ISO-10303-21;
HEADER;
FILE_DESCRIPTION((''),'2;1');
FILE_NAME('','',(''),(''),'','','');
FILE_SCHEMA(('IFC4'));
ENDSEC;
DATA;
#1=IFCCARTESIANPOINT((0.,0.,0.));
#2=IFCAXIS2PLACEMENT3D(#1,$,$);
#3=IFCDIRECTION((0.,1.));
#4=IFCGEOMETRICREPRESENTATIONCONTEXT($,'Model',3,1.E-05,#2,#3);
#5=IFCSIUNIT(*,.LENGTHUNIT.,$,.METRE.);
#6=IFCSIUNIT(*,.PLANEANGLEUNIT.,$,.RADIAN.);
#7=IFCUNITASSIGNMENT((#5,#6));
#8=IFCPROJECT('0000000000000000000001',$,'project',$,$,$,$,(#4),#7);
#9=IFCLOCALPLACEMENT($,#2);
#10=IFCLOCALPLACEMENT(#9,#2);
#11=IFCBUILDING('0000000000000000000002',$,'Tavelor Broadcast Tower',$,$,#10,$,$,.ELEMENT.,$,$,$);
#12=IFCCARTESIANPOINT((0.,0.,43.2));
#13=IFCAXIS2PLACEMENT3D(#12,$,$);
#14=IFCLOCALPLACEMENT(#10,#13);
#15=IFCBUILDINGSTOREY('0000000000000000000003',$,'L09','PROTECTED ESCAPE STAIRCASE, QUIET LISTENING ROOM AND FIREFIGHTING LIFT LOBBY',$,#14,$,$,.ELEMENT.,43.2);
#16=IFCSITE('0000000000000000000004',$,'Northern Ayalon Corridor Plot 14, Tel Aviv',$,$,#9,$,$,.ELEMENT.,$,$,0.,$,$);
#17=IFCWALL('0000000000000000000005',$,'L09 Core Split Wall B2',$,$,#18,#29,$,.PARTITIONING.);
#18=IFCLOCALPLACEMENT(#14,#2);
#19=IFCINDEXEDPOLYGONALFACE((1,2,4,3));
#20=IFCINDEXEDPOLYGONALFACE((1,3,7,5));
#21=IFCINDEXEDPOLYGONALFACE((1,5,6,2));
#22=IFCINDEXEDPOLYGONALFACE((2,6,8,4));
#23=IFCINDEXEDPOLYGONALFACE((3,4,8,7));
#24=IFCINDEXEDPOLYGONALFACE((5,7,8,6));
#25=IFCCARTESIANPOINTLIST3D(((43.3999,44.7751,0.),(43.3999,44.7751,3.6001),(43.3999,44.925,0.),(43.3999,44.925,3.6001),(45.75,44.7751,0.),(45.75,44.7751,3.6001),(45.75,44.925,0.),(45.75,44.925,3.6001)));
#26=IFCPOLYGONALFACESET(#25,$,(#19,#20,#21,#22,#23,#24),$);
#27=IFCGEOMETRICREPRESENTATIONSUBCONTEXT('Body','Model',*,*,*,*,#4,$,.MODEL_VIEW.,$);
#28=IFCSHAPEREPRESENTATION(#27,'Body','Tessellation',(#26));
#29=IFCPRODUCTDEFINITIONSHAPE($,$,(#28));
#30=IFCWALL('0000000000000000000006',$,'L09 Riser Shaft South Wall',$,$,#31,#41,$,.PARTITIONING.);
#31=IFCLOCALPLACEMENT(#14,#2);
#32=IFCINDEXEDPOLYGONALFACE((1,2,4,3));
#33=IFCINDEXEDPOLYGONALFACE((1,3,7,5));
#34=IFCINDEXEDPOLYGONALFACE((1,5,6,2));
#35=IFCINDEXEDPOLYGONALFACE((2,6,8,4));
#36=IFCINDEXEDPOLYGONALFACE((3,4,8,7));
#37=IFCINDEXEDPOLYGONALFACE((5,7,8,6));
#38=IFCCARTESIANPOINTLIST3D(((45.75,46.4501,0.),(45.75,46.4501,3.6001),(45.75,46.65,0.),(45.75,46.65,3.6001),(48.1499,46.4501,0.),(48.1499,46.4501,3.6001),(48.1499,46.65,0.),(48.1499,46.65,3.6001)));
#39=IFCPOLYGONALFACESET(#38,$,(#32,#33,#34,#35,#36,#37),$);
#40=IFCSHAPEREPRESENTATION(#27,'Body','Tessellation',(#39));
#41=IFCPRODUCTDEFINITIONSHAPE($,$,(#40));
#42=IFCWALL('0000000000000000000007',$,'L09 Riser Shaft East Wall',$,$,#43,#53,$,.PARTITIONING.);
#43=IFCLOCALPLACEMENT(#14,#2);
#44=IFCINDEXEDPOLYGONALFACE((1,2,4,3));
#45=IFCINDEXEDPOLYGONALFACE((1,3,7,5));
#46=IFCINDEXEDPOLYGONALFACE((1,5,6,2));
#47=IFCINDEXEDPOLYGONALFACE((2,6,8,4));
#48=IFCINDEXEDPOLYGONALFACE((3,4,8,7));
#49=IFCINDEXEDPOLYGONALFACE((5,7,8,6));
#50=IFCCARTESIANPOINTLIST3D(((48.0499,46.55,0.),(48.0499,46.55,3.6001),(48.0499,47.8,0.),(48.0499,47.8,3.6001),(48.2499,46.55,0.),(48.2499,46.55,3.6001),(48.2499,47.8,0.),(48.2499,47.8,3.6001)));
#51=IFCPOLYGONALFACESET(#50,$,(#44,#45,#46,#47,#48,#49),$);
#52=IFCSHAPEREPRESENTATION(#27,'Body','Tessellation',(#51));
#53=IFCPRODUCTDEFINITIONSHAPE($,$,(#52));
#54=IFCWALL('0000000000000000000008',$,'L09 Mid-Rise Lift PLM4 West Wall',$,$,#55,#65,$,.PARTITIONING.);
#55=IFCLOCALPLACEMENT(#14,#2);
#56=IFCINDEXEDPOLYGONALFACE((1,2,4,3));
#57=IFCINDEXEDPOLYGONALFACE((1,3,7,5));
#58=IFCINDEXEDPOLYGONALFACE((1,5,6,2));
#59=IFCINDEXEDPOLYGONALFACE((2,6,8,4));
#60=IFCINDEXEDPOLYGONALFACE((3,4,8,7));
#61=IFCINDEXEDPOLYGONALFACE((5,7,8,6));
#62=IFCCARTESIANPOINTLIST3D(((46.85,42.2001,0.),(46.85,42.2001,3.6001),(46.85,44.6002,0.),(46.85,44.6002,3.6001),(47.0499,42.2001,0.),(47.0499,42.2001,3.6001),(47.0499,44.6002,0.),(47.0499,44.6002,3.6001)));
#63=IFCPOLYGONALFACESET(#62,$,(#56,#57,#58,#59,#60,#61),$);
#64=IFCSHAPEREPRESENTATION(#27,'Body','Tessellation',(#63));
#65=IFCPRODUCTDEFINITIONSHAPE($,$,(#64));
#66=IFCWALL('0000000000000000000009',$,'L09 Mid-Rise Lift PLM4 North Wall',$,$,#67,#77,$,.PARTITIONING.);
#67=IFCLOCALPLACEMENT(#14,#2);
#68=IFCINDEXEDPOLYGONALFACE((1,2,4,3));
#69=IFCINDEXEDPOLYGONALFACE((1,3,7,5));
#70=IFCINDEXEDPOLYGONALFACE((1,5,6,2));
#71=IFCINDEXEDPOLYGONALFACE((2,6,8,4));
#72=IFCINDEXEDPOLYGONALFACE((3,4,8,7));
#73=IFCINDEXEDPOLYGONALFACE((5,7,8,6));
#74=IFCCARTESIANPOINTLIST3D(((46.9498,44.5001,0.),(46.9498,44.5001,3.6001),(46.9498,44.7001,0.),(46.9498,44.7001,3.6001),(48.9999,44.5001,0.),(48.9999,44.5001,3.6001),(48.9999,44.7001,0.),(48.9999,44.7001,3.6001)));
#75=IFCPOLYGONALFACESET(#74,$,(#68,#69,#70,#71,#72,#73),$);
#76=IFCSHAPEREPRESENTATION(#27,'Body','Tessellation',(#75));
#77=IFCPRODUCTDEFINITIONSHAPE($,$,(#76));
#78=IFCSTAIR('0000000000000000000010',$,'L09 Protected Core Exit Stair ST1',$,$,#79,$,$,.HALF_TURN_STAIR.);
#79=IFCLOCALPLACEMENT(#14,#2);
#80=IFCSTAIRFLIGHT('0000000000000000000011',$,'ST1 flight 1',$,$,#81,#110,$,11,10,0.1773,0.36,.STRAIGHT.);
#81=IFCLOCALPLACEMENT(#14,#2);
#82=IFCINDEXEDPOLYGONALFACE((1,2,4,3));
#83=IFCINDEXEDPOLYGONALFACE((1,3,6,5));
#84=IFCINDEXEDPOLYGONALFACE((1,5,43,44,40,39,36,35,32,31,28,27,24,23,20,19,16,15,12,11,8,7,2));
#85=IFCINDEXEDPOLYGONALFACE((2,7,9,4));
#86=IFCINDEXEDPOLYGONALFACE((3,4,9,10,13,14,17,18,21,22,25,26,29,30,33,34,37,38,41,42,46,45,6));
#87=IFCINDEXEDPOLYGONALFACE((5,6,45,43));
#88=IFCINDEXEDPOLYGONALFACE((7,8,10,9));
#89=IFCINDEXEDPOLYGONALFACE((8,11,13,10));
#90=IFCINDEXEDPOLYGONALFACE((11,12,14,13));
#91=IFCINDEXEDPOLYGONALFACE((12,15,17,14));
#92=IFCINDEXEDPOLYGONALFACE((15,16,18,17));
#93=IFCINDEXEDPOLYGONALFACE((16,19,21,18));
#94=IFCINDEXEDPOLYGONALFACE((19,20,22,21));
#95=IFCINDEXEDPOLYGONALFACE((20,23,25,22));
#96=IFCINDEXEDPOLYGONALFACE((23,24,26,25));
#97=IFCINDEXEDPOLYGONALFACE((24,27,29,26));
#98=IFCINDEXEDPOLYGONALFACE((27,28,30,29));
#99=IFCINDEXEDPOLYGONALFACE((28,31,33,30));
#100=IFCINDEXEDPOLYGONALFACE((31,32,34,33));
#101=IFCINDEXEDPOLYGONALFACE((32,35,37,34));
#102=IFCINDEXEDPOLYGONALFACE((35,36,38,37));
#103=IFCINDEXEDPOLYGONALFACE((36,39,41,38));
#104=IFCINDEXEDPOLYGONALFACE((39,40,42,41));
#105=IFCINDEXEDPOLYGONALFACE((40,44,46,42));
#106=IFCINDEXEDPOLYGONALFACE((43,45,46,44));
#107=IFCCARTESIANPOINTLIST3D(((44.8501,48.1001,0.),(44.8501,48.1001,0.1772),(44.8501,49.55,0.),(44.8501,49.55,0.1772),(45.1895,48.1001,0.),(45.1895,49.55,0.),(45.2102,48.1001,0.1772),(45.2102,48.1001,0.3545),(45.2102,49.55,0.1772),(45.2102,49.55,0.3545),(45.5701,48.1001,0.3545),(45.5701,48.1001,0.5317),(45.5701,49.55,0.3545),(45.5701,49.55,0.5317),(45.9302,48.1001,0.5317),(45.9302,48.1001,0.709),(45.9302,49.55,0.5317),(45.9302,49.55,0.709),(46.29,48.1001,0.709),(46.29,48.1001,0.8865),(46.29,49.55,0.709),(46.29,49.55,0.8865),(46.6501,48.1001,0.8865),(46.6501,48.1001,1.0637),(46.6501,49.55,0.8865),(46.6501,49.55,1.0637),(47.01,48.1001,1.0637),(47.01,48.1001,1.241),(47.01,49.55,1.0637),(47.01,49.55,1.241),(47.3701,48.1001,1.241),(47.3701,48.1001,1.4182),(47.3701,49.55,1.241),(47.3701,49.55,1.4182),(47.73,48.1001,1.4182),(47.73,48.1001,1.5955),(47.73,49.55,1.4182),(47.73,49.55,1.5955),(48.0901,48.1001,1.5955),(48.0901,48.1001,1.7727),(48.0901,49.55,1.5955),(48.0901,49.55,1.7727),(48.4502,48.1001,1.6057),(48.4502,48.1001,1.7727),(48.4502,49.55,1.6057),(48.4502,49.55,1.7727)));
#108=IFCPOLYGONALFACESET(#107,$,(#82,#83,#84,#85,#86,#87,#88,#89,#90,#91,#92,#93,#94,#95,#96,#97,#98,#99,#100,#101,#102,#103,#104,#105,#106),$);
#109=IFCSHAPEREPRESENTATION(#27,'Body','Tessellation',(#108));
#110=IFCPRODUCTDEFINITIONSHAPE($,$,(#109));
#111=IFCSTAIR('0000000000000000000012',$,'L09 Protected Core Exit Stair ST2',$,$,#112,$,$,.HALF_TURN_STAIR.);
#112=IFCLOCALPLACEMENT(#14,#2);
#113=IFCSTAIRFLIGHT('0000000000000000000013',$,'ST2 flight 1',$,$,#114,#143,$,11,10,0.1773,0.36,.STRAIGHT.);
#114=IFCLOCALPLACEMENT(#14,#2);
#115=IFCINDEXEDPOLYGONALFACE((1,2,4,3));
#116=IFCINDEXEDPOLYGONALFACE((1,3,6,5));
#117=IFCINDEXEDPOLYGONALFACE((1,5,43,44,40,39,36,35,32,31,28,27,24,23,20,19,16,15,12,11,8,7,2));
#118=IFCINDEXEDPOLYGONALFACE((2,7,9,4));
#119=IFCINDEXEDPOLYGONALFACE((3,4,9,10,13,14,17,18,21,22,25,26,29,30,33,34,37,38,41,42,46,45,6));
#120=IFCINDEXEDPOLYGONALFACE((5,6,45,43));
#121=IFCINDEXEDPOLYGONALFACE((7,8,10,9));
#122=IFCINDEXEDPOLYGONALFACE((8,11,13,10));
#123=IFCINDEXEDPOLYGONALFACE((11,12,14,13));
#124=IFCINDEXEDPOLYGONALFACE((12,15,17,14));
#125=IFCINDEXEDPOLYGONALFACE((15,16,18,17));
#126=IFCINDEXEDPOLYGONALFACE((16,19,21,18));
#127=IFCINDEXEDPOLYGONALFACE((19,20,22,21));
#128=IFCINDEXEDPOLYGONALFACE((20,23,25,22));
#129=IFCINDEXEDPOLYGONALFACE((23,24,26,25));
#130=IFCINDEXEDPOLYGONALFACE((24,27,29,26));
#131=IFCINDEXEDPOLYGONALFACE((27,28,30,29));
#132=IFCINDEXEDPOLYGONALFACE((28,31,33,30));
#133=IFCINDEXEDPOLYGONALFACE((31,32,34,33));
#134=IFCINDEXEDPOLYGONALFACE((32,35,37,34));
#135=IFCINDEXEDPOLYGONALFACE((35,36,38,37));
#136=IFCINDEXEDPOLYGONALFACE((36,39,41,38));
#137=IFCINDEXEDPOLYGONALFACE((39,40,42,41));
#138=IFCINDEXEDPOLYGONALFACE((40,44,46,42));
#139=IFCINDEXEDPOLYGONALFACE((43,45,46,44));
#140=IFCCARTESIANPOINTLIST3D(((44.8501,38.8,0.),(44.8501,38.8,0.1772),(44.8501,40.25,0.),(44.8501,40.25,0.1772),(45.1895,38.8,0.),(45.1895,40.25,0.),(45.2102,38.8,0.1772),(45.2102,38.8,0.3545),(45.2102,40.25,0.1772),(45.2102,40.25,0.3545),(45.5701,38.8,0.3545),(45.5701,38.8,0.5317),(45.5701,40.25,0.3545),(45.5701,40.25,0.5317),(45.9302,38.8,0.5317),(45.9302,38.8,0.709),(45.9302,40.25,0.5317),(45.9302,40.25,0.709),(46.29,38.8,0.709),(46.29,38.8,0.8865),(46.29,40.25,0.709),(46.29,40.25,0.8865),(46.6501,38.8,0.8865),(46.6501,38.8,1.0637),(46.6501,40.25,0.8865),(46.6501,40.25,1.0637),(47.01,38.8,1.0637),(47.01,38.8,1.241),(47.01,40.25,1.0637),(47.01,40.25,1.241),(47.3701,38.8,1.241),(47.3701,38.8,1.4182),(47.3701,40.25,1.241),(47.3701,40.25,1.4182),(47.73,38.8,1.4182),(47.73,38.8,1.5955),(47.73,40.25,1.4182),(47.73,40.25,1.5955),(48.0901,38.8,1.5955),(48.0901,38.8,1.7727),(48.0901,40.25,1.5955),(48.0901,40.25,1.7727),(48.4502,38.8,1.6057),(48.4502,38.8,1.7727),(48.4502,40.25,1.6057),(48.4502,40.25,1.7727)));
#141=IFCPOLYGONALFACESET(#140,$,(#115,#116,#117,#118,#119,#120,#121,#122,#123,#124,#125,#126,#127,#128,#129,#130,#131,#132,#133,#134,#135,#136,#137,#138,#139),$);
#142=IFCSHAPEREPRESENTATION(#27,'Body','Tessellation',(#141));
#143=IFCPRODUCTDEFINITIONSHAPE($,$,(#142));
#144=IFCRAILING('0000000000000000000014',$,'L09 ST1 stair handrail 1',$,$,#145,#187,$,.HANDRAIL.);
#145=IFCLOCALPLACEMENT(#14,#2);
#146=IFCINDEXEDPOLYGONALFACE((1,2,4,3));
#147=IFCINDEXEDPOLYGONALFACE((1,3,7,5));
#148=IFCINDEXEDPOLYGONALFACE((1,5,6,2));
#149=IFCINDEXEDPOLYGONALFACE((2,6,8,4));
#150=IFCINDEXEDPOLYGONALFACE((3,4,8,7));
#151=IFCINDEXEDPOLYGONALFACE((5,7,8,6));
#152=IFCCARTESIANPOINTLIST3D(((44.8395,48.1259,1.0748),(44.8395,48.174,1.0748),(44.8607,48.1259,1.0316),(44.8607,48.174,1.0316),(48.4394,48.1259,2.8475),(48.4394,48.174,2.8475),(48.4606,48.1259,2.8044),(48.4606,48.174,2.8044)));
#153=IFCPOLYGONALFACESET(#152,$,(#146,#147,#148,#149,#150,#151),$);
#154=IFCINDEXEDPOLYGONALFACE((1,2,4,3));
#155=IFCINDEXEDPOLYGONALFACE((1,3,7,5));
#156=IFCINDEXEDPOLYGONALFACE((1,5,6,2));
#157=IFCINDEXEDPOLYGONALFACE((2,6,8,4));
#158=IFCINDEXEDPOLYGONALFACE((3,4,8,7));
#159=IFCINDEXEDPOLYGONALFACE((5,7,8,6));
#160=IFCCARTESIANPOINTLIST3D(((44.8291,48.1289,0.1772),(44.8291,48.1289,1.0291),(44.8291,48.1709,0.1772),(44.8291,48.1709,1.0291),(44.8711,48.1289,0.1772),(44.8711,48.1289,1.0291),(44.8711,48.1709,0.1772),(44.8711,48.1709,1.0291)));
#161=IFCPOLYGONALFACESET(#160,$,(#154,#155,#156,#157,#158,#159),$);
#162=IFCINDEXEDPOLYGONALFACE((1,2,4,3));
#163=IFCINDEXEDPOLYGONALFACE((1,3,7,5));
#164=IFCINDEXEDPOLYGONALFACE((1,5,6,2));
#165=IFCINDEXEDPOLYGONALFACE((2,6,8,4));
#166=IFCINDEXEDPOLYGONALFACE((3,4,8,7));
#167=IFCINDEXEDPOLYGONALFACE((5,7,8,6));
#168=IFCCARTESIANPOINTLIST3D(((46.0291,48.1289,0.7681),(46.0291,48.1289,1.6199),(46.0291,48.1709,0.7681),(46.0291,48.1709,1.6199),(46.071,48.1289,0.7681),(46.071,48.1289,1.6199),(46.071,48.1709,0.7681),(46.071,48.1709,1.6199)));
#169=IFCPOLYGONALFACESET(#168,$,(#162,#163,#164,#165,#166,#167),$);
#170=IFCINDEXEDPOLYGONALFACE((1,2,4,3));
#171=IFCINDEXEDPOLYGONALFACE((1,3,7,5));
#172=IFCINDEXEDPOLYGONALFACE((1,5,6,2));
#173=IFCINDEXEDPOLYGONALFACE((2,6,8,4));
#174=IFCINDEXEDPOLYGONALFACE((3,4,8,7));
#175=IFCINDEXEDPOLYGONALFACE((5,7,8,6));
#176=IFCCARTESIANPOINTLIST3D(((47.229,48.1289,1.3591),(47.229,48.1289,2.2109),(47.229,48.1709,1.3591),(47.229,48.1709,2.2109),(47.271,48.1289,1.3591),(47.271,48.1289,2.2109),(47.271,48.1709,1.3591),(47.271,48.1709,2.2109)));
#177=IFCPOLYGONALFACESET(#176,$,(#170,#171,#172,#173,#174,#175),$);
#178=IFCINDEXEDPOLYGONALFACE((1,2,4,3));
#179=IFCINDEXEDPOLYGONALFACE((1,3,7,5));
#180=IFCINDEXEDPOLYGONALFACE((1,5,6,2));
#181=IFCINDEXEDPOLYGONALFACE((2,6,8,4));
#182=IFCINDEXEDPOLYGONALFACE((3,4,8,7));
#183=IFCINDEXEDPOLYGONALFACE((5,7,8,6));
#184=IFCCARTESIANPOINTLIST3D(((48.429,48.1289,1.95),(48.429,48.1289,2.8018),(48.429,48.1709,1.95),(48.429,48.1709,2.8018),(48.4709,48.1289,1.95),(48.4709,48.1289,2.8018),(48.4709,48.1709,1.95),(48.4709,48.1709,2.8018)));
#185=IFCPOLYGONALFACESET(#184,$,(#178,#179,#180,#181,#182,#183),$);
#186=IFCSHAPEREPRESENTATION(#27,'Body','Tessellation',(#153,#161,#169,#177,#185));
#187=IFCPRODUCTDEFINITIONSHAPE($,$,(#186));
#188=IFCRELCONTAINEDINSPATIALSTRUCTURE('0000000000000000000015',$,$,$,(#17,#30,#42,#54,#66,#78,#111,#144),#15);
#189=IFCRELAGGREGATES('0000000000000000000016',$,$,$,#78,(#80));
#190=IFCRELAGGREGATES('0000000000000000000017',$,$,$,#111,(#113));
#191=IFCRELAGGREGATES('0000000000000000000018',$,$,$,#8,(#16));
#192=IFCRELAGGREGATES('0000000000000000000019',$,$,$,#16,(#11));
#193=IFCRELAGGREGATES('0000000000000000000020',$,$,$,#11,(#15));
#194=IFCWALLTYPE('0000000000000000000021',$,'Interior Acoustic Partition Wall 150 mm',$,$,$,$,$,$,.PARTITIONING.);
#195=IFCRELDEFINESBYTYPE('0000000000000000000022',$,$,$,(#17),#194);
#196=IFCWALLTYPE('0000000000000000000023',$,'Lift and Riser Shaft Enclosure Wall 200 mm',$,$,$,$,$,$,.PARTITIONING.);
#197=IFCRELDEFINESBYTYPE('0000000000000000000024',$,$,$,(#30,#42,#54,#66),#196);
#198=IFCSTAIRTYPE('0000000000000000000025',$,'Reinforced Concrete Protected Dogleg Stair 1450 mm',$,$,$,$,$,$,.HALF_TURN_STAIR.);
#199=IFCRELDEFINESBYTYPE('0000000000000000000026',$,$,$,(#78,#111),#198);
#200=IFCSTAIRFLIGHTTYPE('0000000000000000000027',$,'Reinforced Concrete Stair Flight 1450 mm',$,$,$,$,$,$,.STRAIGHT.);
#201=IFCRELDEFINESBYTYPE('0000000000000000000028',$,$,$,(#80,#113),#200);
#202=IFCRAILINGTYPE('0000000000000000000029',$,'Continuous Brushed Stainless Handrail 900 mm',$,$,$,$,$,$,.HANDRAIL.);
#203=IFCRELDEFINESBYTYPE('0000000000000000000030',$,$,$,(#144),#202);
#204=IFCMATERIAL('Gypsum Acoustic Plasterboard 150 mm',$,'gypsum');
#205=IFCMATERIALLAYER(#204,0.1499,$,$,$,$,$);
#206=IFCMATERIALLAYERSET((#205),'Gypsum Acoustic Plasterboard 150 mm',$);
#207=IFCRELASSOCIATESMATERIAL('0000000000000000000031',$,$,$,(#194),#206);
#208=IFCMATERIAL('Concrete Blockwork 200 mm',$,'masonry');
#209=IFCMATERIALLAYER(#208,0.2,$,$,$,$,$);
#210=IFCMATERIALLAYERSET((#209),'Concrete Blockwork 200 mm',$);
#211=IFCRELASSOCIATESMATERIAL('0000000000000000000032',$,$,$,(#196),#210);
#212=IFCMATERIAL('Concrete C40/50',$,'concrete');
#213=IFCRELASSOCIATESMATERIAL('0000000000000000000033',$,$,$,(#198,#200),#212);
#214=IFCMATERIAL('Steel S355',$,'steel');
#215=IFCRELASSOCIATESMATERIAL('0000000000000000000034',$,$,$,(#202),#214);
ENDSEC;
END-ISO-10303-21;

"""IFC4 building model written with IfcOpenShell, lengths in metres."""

from ifc_helpers import new_model, si_unit, direction, frame, frame_2d, origin, origin_2d, place, context, subcontext, project, spatial, polyline, rectangle, outline, extrude, material, layer, layer_set, type_object, element, aggregate, save


model = new_model("IFC4")

# Units and contexts
model_context = context("Model", 3, precision=1e-05, world=origin(), true_north=direction((0.0, 1.0)))
body_context = subcontext(model_context, "Body", "Model", "MODEL_VIEW")
ifc_project = project(units=[si_unit("LENGTHUNIT", "METRE"), si_unit("PLANEANGLEUNIT", "RADIAN")], contexts=[model_context])

# Site, building, storey
site_placement = place(None, origin())
site = spatial("IfcSite", under=ifc_project, at=site_placement, Name="Northern Ayalon Corridor Plot 14, Tel Aviv", CompositionType="ELEMENT", RefElevation=0.0)
building_placement = place(site_placement, origin())
building = spatial("IfcBuilding", under=site, at=building_placement, Name="Tavelor Broadcast Tower", CompositionType="ELEMENT")
storey_placement = place(building_placement, frame((0.0, 0.0, 43.2)))
storey = spatial("IfcBuildingStorey", under=building, at=storey_placement, Name="L09", Description="PROTECTED ESCAPE STAIRCASE, QUIET LISTENING ROOM AND FIREFIGHTING LIFT LOBBY", CompositionType="ELEMENT", Elevation=43.2)

# Shared definitions
ifc_material_1 = material(Name="Concrete C40/50", Category="concrete")
ifc_material_2 = material(Name="Steel S355", Category="steel")

# Walls
ifc_material_3 = material(Name="Gypsum Acoustic Plasterboard 150 mm", Category="gypsum")
ifc_layer_1 = layer(ifc_material_3, 0.1499)
ifc_layer_set_1 = layer_set([ifc_layer_1], Name="Gypsum Acoustic Plasterboard 150 mm")
wall_type_1 = type_object("IfcWallType", Name="Interior Acoustic Partition Wall 150 mm", PredefinedType="PARTITIONING", material=ifc_layer_set_1)
for number, where, z_axis, x_axis, name in (
    (1, (43.3999, 44.8501, 0.0), (0.0, 0.0, 1.0), (1.0, 0.0, 0.0), "L09 Core Split Wall B2"),
):
    element("IfcWall", number, at=place(storey_placement, frame(where, z_axis=z_axis, x_axis=x_axis)), inside=storey, type_object=wall_type_1, Name=name, PredefinedType="PARTITIONING", context=body_context, shape_type="SweptSolid", body=[
        extrude(rectangle(XDim=2.3501, YDim=0.1499, at=frame_2d((1.175, 0.0))), origin(), (0.0, 0.0, 1.0), 3.6001),
    ])
ifc_material_4 = material(Name="Concrete Blockwork 200 mm", Category="masonry")
ifc_layer_2 = layer(ifc_material_4, 0.2)
ifc_layer_set_2 = layer_set([ifc_layer_2], Name="Concrete Blockwork 200 mm")
wall_type_2 = type_object("IfcWallType", Name="Lift and Riser Shaft Enclosure Wall 200 mm", PredefinedType="PARTITIONING", material=ifc_layer_set_2)
wall_1_placement = place(storey_placement, frame((45.75, 46.55, 0.0), z_axis=(0.0, 0.0, 1.0), x_axis=(1.0, 0.0, 0.0)))
element("IfcWall", 2, at=wall_1_placement, inside=storey, type_object=wall_type_2, Name="L09 Riser Shaft South Wall", PredefinedType="PARTITIONING", context=body_context, shape_type="SweptSolid", body=[
    extrude(rectangle(XDim=2.3999, YDim=0.2, at=frame_2d((1.2, 0.0))), origin(), (0.0, 0.0, 1.0), 3.6001),
])
wall_2_placement = place(storey_placement, frame((48.1499, 46.55, 0.0), z_axis=(0.0, 0.0, 1.0), x_axis=(0.0, 1.0, 0.0)))
element("IfcWall", 3, at=wall_2_placement, inside=storey, type_object=wall_type_2, Name="L09 Riser Shaft East Wall", PredefinedType="PARTITIONING", context=body_context, shape_type="SweptSolid", body=[
    extrude(rectangle(XDim=1.25, YDim=0.2, at=frame_2d((0.625, 0.0))), origin(), (0.0, 0.0, 1.0), 3.6001),
])
wall_3_placement = place(storey_placement, frame((46.95, 42.2, 0.0), z_axis=(0.0, 0.0, 1.0), x_axis=(0.0, 1.0, 0.0)))
element("IfcWall", 4, at=wall_3_placement, inside=storey, type_object=wall_type_2, Name="L09 Mid-Rise Lift PLM4 West Wall", PredefinedType="PARTITIONING", context=body_context, shape_type="SweptSolid", body=[
    extrude(rectangle(XDim=2.4001, YDim=0.2, at=frame_2d((1.2002, 0.0))), origin(), (0.0, 0.0, 1.0), 3.6001),
])
wall_4_placement = place(storey_placement, frame((46.95, 44.6001, 0.0), z_axis=(0.0, 0.0, 1.0), x_axis=(1.0, 0.0, 0.0)))
element("IfcWall", 5, at=wall_4_placement, inside=storey, type_object=wall_type_2, Name="L09 Mid-Rise Lift PLM4 North Wall", PredefinedType="PARTITIONING", context=body_context, shape_type="SweptSolid", body=[
    extrude(rectangle(XDim=2.05, YDim=0.2, at=frame_2d((1.0249, 0.0))), origin(), (0.0, 0.0, 1.0), 3.6001),
])

# Stairs, stair flights
stair_type = type_object("IfcStairType", Name="Reinforced Concrete Protected Dogleg Stair 1450 mm", PredefinedType="HALF_TURN_STAIR", material=ifc_material_1)
stair_1_placement = place(storey_placement, origin())
stair_1 = element("IfcStair", 6, at=stair_1_placement, inside=storey, type_object=stair_type, Name="L09 Protected Core Exit Stair ST1", PredefinedType="HALF_TURN_STAIR")
stair_flight_type = type_object("IfcStairFlightType", Name="Reinforced Concrete Stair Flight 1450 mm", PredefinedType="STRAIGHT", material=ifc_material_1)
stair_flight_1_placement = place(storey_placement, frame((44.8501, 48.825, 0.0), z_axis=(0.0, 0.0, 1.0), x_axis=(1.0, 0.0, 0.0)))
stair_flight_1 = element("IfcStairFlight", 7, at=stair_flight_1_placement, type_object=stair_flight_type, Name="ST1 flight 1", NumberOfRisers=11, NumberOfTreads=10, PredefinedType="STRAIGHT", RiserHeight=0.1773, TreadLength=0.36, context=body_context, shape_type="SweptSolid", body=[
    extrude(outline(polyline([(0.0, 0.0), (0.0, 0.1772), (0.3601, 0.1772), (0.3601, 0.3545), (0.72, 0.3545), (0.72, 0.5317), (1.0801, 0.5317), (1.0801, 0.709), (1.4399, 0.709), (1.4399, 0.8865), (1.8, 0.8865), (1.8, 1.0637), (2.1599, 1.0637), (2.1599, 1.241), (2.52, 1.241), (2.52, 1.4182), (2.8799, 1.4182), (2.8799, 1.5955), (3.24, 1.5955), (3.24, 1.7727), (3.6001, 1.7727), (3.6001, 1.95), (3.6001, 1.6057), (0.3394, 0.0), (0.0, 0.0)])), frame((0.0, 0.7251, 0.0), z_axis=(0.0, -1.0, 0.0), x_axis=(1.0, 0.0, 0.0)), (0.0, 0.0, 1.0), 1.45),
])
aggregate(stair_1, [stair_flight_1])
stair_2_placement = place(storey_placement, origin())
stair_2 = element("IfcStair", 8, at=stair_2_placement, inside=storey, type_object=stair_type, Name="L09 Protected Core Exit Stair ST2", PredefinedType="HALF_TURN_STAIR")
stair_flight_2_placement = place(storey_placement, frame((44.8501, 39.5249, 0.0), z_axis=(0.0, 0.0, 1.0), x_axis=(1.0, 0.0, 0.0)))
stair_flight_2 = element("IfcStairFlight", 9, at=stair_flight_2_placement, type_object=stair_flight_type, Name="ST2 flight 1", NumberOfRisers=11, NumberOfTreads=10, PredefinedType="STRAIGHT", RiserHeight=0.1773, TreadLength=0.36, context=body_context, shape_type="SweptSolid", body=[
    extrude(outline(polyline([(0.0, 0.0), (0.0, 0.1772), (0.3601, 0.1772), (0.3601, 0.3545), (0.72, 0.3545), (0.72, 0.5317), (1.0801, 0.5317), (1.0801, 0.709), (1.4399, 0.709), (1.4399, 0.8865), (1.8, 0.8865), (1.8, 1.0637), (2.1599, 1.0637), (2.1599, 1.241), (2.52, 1.241), (2.52, 1.4182), (2.8799, 1.4182), (2.8799, 1.5955), (3.24, 1.5955), (3.24, 1.7727), (3.6001, 1.7727), (3.6001, 1.95), (3.6001, 1.6057), (0.3394, 0.0), (0.0, 0.0)])), frame((0.0, 0.7251, 0.0), z_axis=(0.0, -1.0, 0.0), x_axis=(1.0, 0.0, 0.0)), (0.0, 0.0, 1.0), 1.45),
])
aggregate(stair_2, [stair_flight_2])

# Railing
railing_type_1 = type_object("IfcRailingType", Name="Continuous Brushed Stainless Handrail 900 mm", PredefinedType="HANDRAIL", material=ifc_material_2)
railing_1_placement = place(storey_placement, frame((44.8501, 48.1499, 0.1772)))
element("IfcRailing", 10, at=railing_1_placement, inside=storey, type_object=railing_type_1, Name="L09 ST1 stair handrail 1", PredefinedType="HANDRAIL", context=body_context, shape_type="SweptSolid", body=[
    extrude(rectangle(XDim=0.0481, YDim=0.0481, at=origin_2d()), frame((0.0, 0.0, 0.876), z_axis=(0.897124, 0.0, 0.441778), x_axis=(0.0, 1.0, 0.0)), (0.0, 0.0, 1.0), 4.0127),
    extrude(rectangle(XDim=0.042, YDim=0.042, at=origin_2d()), origin(), (0.0, 0.0, 1.0), 0.8518),
    extrude(rectangle(XDim=0.042, YDim=0.042, at=origin_2d()), frame((1.2, 0.0, 0.5908)), (0.0, 0.0, 1.0), 0.8518),
    extrude(rectangle(XDim=0.042, YDim=0.042, at=origin_2d()), frame((2.3999, 0.0, 1.1819)), (0.0, 0.0, 1.0), 0.8518),
    extrude(rectangle(XDim=0.042, YDim=0.042, at=origin_2d()), frame((3.5999, 0.0, 1.7727)), (0.0, 0.0, 1.0), 0.8518),
])

save(model, "model.ifc")
